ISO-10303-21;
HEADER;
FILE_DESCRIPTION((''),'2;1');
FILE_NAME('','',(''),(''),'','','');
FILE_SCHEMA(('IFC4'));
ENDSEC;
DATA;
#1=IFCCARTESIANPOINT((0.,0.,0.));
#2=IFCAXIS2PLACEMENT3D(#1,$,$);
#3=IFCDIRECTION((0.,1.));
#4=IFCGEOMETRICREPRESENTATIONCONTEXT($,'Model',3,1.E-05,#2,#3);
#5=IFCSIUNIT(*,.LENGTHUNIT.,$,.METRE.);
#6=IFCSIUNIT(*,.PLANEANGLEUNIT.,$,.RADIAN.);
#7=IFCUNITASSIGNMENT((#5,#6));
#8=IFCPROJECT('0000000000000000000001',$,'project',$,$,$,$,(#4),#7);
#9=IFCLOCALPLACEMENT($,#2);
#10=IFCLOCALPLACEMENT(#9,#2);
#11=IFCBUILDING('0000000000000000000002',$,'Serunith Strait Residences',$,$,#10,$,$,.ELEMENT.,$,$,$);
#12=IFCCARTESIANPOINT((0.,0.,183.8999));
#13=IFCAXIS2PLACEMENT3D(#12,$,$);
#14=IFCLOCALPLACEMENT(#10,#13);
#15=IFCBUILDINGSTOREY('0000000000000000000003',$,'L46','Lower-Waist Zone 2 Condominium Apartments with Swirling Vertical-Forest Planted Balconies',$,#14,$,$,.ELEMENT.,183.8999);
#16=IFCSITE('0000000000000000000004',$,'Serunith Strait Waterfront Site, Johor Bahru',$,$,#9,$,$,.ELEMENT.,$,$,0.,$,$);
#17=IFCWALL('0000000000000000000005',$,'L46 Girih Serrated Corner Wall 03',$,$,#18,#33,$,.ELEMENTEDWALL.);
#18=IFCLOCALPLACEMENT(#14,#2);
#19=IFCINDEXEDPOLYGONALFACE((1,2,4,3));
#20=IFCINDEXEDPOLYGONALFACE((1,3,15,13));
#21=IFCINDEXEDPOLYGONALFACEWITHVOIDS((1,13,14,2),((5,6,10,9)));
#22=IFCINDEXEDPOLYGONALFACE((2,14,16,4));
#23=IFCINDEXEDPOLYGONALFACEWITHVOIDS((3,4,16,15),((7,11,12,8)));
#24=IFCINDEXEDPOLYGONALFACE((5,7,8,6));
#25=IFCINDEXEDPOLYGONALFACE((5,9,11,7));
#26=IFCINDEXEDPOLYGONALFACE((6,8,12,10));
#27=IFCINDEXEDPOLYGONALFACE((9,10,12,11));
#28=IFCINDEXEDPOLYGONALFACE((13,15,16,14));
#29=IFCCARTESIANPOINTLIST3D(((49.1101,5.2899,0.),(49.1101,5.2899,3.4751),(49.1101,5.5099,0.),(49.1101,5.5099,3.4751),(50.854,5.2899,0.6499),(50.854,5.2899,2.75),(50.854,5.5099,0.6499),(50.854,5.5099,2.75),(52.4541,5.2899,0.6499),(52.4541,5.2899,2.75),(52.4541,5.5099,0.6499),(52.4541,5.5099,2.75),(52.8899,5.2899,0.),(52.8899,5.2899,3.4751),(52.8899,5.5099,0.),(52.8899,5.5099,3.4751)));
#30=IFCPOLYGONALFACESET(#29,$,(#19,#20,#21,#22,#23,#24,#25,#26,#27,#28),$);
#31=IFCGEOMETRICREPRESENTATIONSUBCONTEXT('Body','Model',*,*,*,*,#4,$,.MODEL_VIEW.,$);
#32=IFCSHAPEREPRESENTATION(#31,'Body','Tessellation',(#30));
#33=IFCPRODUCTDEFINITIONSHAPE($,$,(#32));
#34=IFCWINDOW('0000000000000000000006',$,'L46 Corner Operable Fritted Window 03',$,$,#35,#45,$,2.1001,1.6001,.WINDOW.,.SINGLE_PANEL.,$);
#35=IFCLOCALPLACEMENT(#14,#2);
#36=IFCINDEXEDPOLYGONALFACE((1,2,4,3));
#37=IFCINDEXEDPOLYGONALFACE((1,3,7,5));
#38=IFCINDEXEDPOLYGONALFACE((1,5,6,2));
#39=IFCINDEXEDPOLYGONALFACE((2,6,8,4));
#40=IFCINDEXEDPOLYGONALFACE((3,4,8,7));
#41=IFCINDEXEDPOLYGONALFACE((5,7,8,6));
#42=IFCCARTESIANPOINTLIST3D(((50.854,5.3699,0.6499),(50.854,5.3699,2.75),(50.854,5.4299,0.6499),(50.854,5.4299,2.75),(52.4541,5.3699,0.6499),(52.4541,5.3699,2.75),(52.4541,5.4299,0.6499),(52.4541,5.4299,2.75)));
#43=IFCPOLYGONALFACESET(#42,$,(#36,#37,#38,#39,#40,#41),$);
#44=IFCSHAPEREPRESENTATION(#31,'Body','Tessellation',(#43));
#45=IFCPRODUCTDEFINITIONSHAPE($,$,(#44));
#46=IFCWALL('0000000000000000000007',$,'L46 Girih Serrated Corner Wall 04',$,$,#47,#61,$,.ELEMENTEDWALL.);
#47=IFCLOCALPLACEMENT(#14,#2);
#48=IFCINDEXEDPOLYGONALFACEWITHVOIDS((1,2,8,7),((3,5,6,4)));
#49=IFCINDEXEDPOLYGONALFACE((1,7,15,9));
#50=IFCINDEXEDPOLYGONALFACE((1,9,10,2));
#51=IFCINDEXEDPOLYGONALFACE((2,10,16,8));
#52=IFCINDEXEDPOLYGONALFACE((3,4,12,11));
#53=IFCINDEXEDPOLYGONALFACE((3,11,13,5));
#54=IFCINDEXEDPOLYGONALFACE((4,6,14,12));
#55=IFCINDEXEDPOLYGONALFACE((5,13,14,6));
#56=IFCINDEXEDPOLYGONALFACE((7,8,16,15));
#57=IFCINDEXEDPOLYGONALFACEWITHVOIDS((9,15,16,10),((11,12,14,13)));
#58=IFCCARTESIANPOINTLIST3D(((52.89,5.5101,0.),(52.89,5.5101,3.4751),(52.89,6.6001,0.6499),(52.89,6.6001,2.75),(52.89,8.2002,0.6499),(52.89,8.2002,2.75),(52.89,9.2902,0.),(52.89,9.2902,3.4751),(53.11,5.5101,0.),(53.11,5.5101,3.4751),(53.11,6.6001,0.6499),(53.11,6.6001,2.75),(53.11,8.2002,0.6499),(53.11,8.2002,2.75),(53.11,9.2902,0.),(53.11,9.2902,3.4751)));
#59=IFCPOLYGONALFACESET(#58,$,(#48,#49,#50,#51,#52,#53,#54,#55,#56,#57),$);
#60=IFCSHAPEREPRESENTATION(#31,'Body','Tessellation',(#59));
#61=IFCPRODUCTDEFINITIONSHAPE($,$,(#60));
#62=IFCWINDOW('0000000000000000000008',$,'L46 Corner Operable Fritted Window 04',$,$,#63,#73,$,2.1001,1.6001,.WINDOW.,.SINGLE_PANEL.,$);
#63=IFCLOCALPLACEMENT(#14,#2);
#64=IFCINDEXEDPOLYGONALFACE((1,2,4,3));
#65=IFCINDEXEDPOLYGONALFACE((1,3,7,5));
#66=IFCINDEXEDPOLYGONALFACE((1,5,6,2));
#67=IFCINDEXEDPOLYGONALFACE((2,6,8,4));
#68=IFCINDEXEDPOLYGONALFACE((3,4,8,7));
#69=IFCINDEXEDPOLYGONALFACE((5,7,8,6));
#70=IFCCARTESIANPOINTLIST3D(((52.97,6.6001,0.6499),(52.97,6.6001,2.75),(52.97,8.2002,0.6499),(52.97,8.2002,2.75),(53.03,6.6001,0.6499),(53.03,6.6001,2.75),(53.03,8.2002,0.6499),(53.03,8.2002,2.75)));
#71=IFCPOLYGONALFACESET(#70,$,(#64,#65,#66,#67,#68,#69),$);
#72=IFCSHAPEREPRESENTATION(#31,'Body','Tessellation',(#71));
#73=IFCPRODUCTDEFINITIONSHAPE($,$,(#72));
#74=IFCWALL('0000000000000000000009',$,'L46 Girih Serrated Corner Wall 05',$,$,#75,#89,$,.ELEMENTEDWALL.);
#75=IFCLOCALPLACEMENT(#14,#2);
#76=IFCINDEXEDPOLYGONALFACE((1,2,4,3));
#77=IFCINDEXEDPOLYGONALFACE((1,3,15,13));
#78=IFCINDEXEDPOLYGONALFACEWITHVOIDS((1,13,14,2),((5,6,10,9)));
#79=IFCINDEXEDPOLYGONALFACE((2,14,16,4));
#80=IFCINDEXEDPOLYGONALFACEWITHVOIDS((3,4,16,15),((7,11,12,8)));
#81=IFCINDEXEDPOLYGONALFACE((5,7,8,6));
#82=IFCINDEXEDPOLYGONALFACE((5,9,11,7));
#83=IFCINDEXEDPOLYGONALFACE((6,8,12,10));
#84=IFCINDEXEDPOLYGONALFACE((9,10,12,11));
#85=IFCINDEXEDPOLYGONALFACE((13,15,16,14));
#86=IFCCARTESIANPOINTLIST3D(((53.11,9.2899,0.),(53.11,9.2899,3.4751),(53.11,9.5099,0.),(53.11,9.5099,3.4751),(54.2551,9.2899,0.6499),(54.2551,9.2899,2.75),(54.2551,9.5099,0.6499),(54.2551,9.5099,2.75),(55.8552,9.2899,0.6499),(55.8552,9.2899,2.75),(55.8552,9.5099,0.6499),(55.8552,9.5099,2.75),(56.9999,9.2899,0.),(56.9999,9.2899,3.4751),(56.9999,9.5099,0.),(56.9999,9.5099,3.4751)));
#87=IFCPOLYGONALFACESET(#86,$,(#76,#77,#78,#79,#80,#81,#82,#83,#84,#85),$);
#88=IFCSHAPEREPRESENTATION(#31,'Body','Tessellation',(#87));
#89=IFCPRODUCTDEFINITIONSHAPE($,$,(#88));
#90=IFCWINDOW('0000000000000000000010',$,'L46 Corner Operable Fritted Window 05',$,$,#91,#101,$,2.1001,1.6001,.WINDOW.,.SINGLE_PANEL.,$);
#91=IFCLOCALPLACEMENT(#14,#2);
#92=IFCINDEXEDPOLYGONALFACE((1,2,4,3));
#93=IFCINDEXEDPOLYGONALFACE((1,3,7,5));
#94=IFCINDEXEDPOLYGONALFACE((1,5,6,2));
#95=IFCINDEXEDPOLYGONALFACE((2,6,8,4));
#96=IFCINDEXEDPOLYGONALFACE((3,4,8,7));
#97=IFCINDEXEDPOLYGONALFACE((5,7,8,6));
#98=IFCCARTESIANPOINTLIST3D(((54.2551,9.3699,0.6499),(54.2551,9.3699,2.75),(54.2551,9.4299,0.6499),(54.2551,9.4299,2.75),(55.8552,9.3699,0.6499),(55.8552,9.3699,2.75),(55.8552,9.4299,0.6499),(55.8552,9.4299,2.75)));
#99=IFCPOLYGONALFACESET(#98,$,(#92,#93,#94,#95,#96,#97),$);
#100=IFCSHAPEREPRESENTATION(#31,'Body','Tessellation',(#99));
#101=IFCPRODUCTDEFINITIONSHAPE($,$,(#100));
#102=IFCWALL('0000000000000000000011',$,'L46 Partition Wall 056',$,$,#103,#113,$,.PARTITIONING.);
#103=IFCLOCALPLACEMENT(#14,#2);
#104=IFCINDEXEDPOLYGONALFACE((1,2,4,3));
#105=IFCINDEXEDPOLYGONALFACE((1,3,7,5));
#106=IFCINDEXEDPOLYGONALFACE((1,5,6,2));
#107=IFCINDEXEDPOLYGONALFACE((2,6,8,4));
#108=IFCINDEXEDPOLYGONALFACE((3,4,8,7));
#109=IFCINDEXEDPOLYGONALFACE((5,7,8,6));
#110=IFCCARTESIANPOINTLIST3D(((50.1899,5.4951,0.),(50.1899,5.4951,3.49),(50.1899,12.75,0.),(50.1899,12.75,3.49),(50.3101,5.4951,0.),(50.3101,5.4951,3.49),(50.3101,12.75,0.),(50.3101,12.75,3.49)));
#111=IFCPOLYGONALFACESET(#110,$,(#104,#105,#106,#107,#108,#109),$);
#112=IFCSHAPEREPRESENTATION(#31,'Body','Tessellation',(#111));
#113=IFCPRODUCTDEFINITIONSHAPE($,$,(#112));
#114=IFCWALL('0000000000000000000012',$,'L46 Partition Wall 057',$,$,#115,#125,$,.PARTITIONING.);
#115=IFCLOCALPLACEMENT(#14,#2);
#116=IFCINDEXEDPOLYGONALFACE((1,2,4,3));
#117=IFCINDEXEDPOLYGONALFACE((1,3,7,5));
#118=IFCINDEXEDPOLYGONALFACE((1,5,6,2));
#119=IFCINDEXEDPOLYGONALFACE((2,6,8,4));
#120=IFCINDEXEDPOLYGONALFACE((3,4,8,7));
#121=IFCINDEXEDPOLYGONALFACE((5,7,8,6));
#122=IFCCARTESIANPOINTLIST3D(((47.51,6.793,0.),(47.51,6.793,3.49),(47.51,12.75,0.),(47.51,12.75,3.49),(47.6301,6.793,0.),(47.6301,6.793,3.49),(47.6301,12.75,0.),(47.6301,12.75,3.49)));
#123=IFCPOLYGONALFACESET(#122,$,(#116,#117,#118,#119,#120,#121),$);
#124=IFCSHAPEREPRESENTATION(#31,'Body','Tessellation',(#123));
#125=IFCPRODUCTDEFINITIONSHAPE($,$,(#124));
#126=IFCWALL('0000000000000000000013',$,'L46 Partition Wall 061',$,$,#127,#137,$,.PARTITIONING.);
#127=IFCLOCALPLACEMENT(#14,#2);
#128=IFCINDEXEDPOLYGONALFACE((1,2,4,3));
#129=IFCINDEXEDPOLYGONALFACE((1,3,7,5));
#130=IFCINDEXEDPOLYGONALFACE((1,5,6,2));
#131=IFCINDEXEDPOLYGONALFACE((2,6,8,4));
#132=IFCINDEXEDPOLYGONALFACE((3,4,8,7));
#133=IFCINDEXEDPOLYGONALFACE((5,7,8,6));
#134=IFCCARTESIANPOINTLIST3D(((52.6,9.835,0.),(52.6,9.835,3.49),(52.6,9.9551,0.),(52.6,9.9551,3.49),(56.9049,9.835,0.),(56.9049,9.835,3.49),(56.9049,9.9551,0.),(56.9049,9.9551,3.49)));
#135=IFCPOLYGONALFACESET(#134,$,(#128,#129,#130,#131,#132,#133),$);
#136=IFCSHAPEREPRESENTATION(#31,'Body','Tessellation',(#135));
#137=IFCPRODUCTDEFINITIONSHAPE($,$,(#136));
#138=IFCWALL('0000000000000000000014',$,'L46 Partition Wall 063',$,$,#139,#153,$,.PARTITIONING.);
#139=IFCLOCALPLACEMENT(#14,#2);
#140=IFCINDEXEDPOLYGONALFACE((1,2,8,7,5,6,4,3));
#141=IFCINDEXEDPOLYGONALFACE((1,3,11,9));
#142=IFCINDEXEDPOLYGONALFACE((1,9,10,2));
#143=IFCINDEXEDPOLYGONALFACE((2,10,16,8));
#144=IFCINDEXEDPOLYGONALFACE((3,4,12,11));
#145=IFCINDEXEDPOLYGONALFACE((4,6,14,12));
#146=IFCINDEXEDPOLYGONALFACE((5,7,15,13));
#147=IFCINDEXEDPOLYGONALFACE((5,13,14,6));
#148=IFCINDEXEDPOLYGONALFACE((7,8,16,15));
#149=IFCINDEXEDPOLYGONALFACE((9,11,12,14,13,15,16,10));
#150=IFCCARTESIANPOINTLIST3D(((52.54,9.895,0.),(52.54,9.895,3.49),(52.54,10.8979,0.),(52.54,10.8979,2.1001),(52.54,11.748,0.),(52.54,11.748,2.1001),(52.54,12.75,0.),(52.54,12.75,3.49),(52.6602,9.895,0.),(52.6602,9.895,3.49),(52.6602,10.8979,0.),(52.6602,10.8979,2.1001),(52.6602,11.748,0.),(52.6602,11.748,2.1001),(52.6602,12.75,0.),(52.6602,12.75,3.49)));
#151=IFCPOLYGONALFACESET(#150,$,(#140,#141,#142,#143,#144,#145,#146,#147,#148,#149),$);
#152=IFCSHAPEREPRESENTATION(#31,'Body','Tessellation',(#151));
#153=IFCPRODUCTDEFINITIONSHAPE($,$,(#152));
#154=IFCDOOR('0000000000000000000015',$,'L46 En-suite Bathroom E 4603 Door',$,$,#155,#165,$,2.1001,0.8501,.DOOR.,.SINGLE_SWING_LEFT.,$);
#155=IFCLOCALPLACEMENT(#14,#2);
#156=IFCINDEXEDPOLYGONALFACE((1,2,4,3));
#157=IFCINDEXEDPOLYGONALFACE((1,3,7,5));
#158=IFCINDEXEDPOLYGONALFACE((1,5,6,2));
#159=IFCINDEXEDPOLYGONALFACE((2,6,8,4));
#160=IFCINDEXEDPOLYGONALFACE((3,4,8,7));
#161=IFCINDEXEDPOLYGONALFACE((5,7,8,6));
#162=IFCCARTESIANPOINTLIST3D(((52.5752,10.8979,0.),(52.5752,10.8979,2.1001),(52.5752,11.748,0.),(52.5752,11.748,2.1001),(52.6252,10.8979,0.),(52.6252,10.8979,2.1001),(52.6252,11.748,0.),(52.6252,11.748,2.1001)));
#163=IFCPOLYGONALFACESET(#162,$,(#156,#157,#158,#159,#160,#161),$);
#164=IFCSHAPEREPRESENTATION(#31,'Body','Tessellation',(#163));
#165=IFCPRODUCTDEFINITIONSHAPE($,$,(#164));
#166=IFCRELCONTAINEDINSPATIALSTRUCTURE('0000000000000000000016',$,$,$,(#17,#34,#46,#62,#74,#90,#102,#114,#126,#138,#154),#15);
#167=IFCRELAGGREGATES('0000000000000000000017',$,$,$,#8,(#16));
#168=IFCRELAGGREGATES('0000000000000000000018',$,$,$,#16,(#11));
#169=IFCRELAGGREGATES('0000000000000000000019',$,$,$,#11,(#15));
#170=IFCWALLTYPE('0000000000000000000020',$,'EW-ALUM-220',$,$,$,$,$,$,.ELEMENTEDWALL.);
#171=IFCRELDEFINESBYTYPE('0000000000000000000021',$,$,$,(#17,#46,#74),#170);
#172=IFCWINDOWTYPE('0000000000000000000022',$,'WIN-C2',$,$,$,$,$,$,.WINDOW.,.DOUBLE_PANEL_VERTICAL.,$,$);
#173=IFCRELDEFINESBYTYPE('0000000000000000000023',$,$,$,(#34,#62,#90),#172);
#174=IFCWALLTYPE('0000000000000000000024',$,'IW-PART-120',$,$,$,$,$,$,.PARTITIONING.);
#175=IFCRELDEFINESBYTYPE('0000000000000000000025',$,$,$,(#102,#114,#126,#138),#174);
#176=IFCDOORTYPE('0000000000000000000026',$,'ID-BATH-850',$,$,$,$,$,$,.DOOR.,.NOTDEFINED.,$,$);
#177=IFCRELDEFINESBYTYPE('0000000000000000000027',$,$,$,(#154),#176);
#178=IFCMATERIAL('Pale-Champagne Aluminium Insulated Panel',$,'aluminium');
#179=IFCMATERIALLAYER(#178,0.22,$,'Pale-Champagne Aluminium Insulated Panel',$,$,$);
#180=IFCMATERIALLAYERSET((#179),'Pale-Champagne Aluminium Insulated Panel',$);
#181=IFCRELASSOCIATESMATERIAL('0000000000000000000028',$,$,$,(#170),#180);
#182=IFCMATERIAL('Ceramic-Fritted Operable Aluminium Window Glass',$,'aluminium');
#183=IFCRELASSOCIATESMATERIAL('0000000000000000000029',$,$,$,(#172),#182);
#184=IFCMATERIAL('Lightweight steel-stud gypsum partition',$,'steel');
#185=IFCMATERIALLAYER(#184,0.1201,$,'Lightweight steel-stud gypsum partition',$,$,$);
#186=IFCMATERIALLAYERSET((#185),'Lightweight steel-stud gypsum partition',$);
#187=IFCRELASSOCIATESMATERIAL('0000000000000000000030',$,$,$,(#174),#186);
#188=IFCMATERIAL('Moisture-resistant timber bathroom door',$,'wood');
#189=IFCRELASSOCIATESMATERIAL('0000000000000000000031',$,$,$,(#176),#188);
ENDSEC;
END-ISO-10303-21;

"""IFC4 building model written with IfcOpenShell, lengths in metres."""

from ifc_helpers import new_model, si_unit, direction, frame, frame_2d, origin, place, context, subcontext, project, spatial, rectangle, extrude, source, transform, mapped, material, layer, layer_set, type_object, element, fill, save


model = new_model("IFC4")

# Units and contexts
model_context = context("Model", 3, precision=1e-05, world=origin(), true_north=direction((0.0, 1.0)))
body_context = subcontext(model_context, "Body", "Model", "MODEL_VIEW")
ifc_project = project(units=[si_unit("LENGTHUNIT", "METRE"), si_unit("PLANEANGLEUNIT", "RADIAN")], contexts=[model_context])

# Site, building, storey
site_placement = place(None, origin())
site = spatial("IfcSite", under=ifc_project, at=site_placement, Name="Serunith Strait Waterfront Site, Johor Bahru", CompositionType="ELEMENT", RefElevation=0.0)
building_placement = place(site_placement, origin())
building = spatial("IfcBuilding", under=site, at=building_placement, Name="Serunith Strait Residences", CompositionType="ELEMENT")
storey_placement = place(building_placement, frame((0.0, 0.0, 183.8999)))
storey = spatial("IfcBuildingStorey", under=building, at=storey_placement, Name="L46", Description="Lower-Waist Zone 2 Condominium Apartments with Swirling Vertical-Forest Planted Balconies", CompositionType="ELEMENT", Elevation=183.8999)

# Walls, openings, windows
ifc_material_1 = material(Name="Pale-Champagne Aluminium Insulated Panel", Category="aluminium")
ifc_layer_1 = layer(ifc_material_1, 0.22, Name="Pale-Champagne Aluminium Insulated Panel")
ifc_layer_set_1 = layer_set([ifc_layer_1], Name="Pale-Champagne Aluminium Insulated Panel")
wall_type_1 = type_object("IfcWallType", Name="EW-ALUM-220", PredefinedType="ELEMENTEDWALL", material=ifc_layer_set_1)
ifc_material_2 = material(Name="Ceramic-Fritted Operable Aluminium Window Glass", Category="aluminium")
window_type = type_object("IfcWindowType", Name="WIN-C2", PartitioningType="DOUBLE_PANEL_VERTICAL", PredefinedType="WINDOW", material=ifc_material_2)
shared_shape_1 = source(origin(), body_context, "Body", "SweptSolid", [
    extrude(rectangle(XDim=1.6001, YDim=2.1001, at=frame_2d((0.8, 1.05))), frame((0.0, 0.03, 0.0), z_axis=(0.0, -1.0, 0.0), x_axis=(1.0, 0.0, 0.0)), (0.0, 0.0, 1.0), 0.0601),
])
wall_1_placement = place(storey_placement, frame((49.1101, 5.3999, 0.0), z_axis=(0.0, 0.0, 1.0), x_axis=(1.0, 0.0, 0.0)))
wall_1 = element("IfcWall", 1, at=wall_1_placement, inside=storey, type_object=wall_type_1, Name="L46 Girih Serrated Corner Wall 03", PredefinedType="ELEMENTEDWALL", context=body_context, shape_type="SweptSolid", body=[
    extrude(rectangle(XDim=3.7798, YDim=0.22, at=frame_2d((1.8899, 0.0))), origin(), (0.0, 0.0, 1.0), 3.4751),
])
opening_1_placement = place(wall_1_placement, frame((1.7439, 0.0, 0.6499)))
opening_1 = element("IfcOpeningElement", 2, at=opening_1_placement, cuts=wall_1, PredefinedType="OPENING", context=body_context, shape_type="SweptSolid", body=[
    extrude(rectangle(XDim=1.6001, YDim=2.1001, at=frame_2d((0.8, 1.05))), frame((0.0, 0.1201, 0.0), z_axis=(0.0, -1.0, 0.0), x_axis=(1.0, 0.0, 0.0)), (0.0, 0.0, 1.0), 0.24),
])
window_1_placement = place(opening_1_placement, origin())
window_1 = element("IfcWindow", 3, at=window_1_placement, inside=storey, type_object=window_type, Name="L46 Corner Operable Fritted Window 03", OverallHeight=2.1001, OverallWidth=1.6001, PartitioningType="SINGLE_PANEL", PredefinedType="WINDOW", context=body_context, shape_type="MappedRepresentation", body=[
    mapped(shared_shape_1, transform((0.0, 0.0, 0.0), scale=1.0)),
])
fill(opening_1, window_1)
wall_2_placement = place(storey_placement, frame((53.0, 5.51, 0.0), z_axis=(0.0, 0.0, 1.0), x_axis=(0.0, 1.0, 0.0)))
wall_2 = element("IfcWall", 4, at=wall_2_placement, inside=storey, type_object=wall_type_1, Name="L46 Girih Serrated Corner Wall 04", PredefinedType="ELEMENTEDWALL", context=body_context, shape_type="SweptSolid", body=[
    extrude(rectangle(XDim=3.78, YDim=0.22, at=frame_2d((1.8901, 0.0))), origin(), (0.0, 0.0, 1.0), 3.4751),
])
opening_2_placement = place(wall_2_placement, frame((1.0901, 0.0, 0.6499)))
opening_2 = element("IfcOpeningElement", 5, at=opening_2_placement, cuts=wall_2, PredefinedType="OPENING", context=body_context, shape_type="SweptSolid", body=[
    extrude(rectangle(XDim=1.6001, YDim=2.1001, at=frame_2d((0.8, 1.05))), frame((0.0, 0.1201, 0.0), z_axis=(0.0, -1.0, 0.0), x_axis=(1.0, 0.0, 0.0)), (0.0, 0.0, 1.0), 0.24),
])
window_2_placement = place(opening_2_placement, origin())
window_2 = element("IfcWindow", 6, at=window_2_placement, inside=storey, type_object=window_type, Name="L46 Corner Operable Fritted Window 04", OverallHeight=2.1001, OverallWidth=1.6001, PartitioningType="SINGLE_PANEL", PredefinedType="WINDOW", context=body_context, shape_type="MappedRepresentation", body=[
    mapped(shared_shape_1, transform((0.0, 0.0, 0.0), scale=1.0)),
])
fill(opening_2, window_2)
wall_3_placement = place(storey_placement, frame((53.1101, 9.3999, 0.0), z_axis=(0.0, 0.0, 1.0), x_axis=(1.0, 0.0, 0.0)))
wall_3 = element("IfcWall", 7, at=wall_3_placement, inside=storey, type_object=wall_type_1, Name="L46 Girih Serrated Corner Wall 05", PredefinedType="ELEMENTEDWALL", context=body_context, shape_type="SweptSolid", body=[
    extrude(rectangle(XDim=3.8899, YDim=0.22, at=frame_2d((1.9448, 0.0))), origin(), (0.0, 0.0, 1.0), 3.4751),
])
opening_3_placement = place(wall_3_placement, frame((1.145, 0.0, 0.6499)))
opening_3 = element("IfcOpeningElement", 8, at=opening_3_placement, cuts=wall_3, PredefinedType="OPENING", context=body_context, shape_type="SweptSolid", body=[
    extrude(rectangle(XDim=1.6001, YDim=2.1001, at=frame_2d((0.8, 1.05))), frame((0.0, 0.1201, 0.0), z_axis=(0.0, -1.0, 0.0), x_axis=(1.0, 0.0, 0.0)), (0.0, 0.0, 1.0), 0.24),
])
window_3_placement = place(opening_3_placement, origin())
window_3 = element("IfcWindow", 9, at=window_3_placement, inside=storey, type_object=window_type, Name="L46 Corner Operable Fritted Window 05", OverallHeight=2.1001, OverallWidth=1.6001, PartitioningType="SINGLE_PANEL", PredefinedType="WINDOW", context=body_context, shape_type="MappedRepresentation", body=[
    mapped(shared_shape_1, transform((0.0, 0.0, 0.0), scale=1.0)),
])
fill(opening_3, window_3)

# Walls
ifc_material_3 = material(Name="Lightweight steel-stud gypsum partition", Category="steel")
ifc_layer_2 = layer(ifc_material_3, 0.1201, Name="Lightweight steel-stud gypsum partition")
ifc_layer_set_2 = layer_set([ifc_layer_2], Name="Lightweight steel-stud gypsum partition")
wall_type_2 = type_object("IfcWallType", Name="IW-PART-120", PredefinedType="PARTITIONING", material=ifc_layer_set_2)
wall_4_placement = place(storey_placement, frame((50.25, 5.4951, 0.0), z_axis=(0.0, 0.0, 1.0), x_axis=(0.0, 1.0, 0.0)))
element("IfcWall", 10, at=wall_4_placement, inside=storey, type_object=wall_type_2, Name="L46 Partition Wall 056", PredefinedType="PARTITIONING", context=body_context, shape_type="SweptSolid", body=[
    extrude(rectangle(XDim=7.2549, YDim=0.1201, at=frame_2d((3.6274, 0.0))), origin(), (0.0, 0.0, 1.0), 3.49),
])
wall_5_placement = place(storey_placement, frame((47.5701, 6.793, 0.0), z_axis=(0.0, 0.0, 1.0), x_axis=(0.0, 1.0, 0.0)))
element("IfcWall", 11, at=wall_5_placement, inside=storey, type_object=wall_type_2, Name="L46 Partition Wall 057", PredefinedType="PARTITIONING", context=body_context, shape_type="SweptSolid", body=[
    extrude(rectangle(XDim=5.957, YDim=0.1201, at=frame_2d((2.9785, 0.0))), origin(), (0.0, 0.0, 1.0), 3.49),
])
wall_6_placement = place(storey_placement, frame((52.6001, 9.895, 0.0), z_axis=(0.0, 0.0, 1.0), x_axis=(1.0, 0.0, 0.0)))
element("IfcWall", 12, at=wall_6_placement, inside=storey, type_object=wall_type_2, Name="L46 Partition Wall 061", PredefinedType="PARTITIONING", context=body_context, shape_type="SweptSolid", body=[
    extrude(rectangle(XDim=4.3049, YDim=0.1201, at=frame_2d((2.1523, 0.0))), origin(), (0.0, 0.0, 1.0), 3.49),
])

# Wall, opening, door
wall_7_placement = place(storey_placement, frame((52.6001, 9.895, 0.0), z_axis=(0.0, 0.0, 1.0), x_axis=(0.0, 1.0, 0.0)))
wall_7 = element("IfcWall", 13, at=wall_7_placement, inside=storey, type_object=wall_type_2, Name="L46 Partition Wall 063", PredefinedType="PARTITIONING", context=body_context, shape_type="SweptSolid", body=[
    extrude(rectangle(XDim=2.855, YDim=0.1201, at=frame_2d((1.4275, 0.0))), origin(), (0.0, 0.0, 1.0), 3.49),
])
opening_4_placement = place(wall_7_placement, frame((1.0029, 0.0, 0.0)))
opening_4 = element("IfcOpeningElement", 14, at=opening_4_placement, cuts=wall_7, PredefinedType="OPENING", context=body_context, shape_type="SweptSolid", body=[
    extrude(rectangle(XDim=0.8501, YDim=2.1001, at=frame_2d((0.425, 1.05))), frame((0.0, 0.0701, 0.0), z_axis=(0.0, -1.0, 0.0), x_axis=(1.0, 0.0, 0.0)), (0.0, 0.0, 1.0), 0.1401),
])
ifc_material_4 = material(Name="Moisture-resistant timber bathroom door", Category="wood")
door_type = type_object("IfcDoorType", Name="ID-BATH-850", OperationType="NOTDEFINED", PredefinedType="DOOR", material=ifc_material_4)
shared_shape_2 = source(origin(), body_context, "Body", "SweptSolid", [
    extrude(rectangle(XDim=0.8501, YDim=2.1001, at=frame_2d((0.425, 1.05))), frame((0.0, 0.0249, 0.0), z_axis=(0.0, -1.0, 0.0), x_axis=(1.0, 0.0, 0.0)), (0.0, 0.0, 1.0), 0.05),
])
door_placement = place(opening_4_placement, origin())
door = element("IfcDoor", 15, at=door_placement, inside=storey, type_object=door_type, Name="L46 En-suite Bathroom E 4603 Door", OperationType="SINGLE_SWING_LEFT", OverallHeight=2.1001, OverallWidth=0.8501, PredefinedType="DOOR", context=body_context, shape_type="MappedRepresentation", body=[
    mapped(shared_shape_2, transform((0.0, 0.0, 0.0), scale=1.0)),
])
fill(opening_4, door)

save(model, "model.ifc")
